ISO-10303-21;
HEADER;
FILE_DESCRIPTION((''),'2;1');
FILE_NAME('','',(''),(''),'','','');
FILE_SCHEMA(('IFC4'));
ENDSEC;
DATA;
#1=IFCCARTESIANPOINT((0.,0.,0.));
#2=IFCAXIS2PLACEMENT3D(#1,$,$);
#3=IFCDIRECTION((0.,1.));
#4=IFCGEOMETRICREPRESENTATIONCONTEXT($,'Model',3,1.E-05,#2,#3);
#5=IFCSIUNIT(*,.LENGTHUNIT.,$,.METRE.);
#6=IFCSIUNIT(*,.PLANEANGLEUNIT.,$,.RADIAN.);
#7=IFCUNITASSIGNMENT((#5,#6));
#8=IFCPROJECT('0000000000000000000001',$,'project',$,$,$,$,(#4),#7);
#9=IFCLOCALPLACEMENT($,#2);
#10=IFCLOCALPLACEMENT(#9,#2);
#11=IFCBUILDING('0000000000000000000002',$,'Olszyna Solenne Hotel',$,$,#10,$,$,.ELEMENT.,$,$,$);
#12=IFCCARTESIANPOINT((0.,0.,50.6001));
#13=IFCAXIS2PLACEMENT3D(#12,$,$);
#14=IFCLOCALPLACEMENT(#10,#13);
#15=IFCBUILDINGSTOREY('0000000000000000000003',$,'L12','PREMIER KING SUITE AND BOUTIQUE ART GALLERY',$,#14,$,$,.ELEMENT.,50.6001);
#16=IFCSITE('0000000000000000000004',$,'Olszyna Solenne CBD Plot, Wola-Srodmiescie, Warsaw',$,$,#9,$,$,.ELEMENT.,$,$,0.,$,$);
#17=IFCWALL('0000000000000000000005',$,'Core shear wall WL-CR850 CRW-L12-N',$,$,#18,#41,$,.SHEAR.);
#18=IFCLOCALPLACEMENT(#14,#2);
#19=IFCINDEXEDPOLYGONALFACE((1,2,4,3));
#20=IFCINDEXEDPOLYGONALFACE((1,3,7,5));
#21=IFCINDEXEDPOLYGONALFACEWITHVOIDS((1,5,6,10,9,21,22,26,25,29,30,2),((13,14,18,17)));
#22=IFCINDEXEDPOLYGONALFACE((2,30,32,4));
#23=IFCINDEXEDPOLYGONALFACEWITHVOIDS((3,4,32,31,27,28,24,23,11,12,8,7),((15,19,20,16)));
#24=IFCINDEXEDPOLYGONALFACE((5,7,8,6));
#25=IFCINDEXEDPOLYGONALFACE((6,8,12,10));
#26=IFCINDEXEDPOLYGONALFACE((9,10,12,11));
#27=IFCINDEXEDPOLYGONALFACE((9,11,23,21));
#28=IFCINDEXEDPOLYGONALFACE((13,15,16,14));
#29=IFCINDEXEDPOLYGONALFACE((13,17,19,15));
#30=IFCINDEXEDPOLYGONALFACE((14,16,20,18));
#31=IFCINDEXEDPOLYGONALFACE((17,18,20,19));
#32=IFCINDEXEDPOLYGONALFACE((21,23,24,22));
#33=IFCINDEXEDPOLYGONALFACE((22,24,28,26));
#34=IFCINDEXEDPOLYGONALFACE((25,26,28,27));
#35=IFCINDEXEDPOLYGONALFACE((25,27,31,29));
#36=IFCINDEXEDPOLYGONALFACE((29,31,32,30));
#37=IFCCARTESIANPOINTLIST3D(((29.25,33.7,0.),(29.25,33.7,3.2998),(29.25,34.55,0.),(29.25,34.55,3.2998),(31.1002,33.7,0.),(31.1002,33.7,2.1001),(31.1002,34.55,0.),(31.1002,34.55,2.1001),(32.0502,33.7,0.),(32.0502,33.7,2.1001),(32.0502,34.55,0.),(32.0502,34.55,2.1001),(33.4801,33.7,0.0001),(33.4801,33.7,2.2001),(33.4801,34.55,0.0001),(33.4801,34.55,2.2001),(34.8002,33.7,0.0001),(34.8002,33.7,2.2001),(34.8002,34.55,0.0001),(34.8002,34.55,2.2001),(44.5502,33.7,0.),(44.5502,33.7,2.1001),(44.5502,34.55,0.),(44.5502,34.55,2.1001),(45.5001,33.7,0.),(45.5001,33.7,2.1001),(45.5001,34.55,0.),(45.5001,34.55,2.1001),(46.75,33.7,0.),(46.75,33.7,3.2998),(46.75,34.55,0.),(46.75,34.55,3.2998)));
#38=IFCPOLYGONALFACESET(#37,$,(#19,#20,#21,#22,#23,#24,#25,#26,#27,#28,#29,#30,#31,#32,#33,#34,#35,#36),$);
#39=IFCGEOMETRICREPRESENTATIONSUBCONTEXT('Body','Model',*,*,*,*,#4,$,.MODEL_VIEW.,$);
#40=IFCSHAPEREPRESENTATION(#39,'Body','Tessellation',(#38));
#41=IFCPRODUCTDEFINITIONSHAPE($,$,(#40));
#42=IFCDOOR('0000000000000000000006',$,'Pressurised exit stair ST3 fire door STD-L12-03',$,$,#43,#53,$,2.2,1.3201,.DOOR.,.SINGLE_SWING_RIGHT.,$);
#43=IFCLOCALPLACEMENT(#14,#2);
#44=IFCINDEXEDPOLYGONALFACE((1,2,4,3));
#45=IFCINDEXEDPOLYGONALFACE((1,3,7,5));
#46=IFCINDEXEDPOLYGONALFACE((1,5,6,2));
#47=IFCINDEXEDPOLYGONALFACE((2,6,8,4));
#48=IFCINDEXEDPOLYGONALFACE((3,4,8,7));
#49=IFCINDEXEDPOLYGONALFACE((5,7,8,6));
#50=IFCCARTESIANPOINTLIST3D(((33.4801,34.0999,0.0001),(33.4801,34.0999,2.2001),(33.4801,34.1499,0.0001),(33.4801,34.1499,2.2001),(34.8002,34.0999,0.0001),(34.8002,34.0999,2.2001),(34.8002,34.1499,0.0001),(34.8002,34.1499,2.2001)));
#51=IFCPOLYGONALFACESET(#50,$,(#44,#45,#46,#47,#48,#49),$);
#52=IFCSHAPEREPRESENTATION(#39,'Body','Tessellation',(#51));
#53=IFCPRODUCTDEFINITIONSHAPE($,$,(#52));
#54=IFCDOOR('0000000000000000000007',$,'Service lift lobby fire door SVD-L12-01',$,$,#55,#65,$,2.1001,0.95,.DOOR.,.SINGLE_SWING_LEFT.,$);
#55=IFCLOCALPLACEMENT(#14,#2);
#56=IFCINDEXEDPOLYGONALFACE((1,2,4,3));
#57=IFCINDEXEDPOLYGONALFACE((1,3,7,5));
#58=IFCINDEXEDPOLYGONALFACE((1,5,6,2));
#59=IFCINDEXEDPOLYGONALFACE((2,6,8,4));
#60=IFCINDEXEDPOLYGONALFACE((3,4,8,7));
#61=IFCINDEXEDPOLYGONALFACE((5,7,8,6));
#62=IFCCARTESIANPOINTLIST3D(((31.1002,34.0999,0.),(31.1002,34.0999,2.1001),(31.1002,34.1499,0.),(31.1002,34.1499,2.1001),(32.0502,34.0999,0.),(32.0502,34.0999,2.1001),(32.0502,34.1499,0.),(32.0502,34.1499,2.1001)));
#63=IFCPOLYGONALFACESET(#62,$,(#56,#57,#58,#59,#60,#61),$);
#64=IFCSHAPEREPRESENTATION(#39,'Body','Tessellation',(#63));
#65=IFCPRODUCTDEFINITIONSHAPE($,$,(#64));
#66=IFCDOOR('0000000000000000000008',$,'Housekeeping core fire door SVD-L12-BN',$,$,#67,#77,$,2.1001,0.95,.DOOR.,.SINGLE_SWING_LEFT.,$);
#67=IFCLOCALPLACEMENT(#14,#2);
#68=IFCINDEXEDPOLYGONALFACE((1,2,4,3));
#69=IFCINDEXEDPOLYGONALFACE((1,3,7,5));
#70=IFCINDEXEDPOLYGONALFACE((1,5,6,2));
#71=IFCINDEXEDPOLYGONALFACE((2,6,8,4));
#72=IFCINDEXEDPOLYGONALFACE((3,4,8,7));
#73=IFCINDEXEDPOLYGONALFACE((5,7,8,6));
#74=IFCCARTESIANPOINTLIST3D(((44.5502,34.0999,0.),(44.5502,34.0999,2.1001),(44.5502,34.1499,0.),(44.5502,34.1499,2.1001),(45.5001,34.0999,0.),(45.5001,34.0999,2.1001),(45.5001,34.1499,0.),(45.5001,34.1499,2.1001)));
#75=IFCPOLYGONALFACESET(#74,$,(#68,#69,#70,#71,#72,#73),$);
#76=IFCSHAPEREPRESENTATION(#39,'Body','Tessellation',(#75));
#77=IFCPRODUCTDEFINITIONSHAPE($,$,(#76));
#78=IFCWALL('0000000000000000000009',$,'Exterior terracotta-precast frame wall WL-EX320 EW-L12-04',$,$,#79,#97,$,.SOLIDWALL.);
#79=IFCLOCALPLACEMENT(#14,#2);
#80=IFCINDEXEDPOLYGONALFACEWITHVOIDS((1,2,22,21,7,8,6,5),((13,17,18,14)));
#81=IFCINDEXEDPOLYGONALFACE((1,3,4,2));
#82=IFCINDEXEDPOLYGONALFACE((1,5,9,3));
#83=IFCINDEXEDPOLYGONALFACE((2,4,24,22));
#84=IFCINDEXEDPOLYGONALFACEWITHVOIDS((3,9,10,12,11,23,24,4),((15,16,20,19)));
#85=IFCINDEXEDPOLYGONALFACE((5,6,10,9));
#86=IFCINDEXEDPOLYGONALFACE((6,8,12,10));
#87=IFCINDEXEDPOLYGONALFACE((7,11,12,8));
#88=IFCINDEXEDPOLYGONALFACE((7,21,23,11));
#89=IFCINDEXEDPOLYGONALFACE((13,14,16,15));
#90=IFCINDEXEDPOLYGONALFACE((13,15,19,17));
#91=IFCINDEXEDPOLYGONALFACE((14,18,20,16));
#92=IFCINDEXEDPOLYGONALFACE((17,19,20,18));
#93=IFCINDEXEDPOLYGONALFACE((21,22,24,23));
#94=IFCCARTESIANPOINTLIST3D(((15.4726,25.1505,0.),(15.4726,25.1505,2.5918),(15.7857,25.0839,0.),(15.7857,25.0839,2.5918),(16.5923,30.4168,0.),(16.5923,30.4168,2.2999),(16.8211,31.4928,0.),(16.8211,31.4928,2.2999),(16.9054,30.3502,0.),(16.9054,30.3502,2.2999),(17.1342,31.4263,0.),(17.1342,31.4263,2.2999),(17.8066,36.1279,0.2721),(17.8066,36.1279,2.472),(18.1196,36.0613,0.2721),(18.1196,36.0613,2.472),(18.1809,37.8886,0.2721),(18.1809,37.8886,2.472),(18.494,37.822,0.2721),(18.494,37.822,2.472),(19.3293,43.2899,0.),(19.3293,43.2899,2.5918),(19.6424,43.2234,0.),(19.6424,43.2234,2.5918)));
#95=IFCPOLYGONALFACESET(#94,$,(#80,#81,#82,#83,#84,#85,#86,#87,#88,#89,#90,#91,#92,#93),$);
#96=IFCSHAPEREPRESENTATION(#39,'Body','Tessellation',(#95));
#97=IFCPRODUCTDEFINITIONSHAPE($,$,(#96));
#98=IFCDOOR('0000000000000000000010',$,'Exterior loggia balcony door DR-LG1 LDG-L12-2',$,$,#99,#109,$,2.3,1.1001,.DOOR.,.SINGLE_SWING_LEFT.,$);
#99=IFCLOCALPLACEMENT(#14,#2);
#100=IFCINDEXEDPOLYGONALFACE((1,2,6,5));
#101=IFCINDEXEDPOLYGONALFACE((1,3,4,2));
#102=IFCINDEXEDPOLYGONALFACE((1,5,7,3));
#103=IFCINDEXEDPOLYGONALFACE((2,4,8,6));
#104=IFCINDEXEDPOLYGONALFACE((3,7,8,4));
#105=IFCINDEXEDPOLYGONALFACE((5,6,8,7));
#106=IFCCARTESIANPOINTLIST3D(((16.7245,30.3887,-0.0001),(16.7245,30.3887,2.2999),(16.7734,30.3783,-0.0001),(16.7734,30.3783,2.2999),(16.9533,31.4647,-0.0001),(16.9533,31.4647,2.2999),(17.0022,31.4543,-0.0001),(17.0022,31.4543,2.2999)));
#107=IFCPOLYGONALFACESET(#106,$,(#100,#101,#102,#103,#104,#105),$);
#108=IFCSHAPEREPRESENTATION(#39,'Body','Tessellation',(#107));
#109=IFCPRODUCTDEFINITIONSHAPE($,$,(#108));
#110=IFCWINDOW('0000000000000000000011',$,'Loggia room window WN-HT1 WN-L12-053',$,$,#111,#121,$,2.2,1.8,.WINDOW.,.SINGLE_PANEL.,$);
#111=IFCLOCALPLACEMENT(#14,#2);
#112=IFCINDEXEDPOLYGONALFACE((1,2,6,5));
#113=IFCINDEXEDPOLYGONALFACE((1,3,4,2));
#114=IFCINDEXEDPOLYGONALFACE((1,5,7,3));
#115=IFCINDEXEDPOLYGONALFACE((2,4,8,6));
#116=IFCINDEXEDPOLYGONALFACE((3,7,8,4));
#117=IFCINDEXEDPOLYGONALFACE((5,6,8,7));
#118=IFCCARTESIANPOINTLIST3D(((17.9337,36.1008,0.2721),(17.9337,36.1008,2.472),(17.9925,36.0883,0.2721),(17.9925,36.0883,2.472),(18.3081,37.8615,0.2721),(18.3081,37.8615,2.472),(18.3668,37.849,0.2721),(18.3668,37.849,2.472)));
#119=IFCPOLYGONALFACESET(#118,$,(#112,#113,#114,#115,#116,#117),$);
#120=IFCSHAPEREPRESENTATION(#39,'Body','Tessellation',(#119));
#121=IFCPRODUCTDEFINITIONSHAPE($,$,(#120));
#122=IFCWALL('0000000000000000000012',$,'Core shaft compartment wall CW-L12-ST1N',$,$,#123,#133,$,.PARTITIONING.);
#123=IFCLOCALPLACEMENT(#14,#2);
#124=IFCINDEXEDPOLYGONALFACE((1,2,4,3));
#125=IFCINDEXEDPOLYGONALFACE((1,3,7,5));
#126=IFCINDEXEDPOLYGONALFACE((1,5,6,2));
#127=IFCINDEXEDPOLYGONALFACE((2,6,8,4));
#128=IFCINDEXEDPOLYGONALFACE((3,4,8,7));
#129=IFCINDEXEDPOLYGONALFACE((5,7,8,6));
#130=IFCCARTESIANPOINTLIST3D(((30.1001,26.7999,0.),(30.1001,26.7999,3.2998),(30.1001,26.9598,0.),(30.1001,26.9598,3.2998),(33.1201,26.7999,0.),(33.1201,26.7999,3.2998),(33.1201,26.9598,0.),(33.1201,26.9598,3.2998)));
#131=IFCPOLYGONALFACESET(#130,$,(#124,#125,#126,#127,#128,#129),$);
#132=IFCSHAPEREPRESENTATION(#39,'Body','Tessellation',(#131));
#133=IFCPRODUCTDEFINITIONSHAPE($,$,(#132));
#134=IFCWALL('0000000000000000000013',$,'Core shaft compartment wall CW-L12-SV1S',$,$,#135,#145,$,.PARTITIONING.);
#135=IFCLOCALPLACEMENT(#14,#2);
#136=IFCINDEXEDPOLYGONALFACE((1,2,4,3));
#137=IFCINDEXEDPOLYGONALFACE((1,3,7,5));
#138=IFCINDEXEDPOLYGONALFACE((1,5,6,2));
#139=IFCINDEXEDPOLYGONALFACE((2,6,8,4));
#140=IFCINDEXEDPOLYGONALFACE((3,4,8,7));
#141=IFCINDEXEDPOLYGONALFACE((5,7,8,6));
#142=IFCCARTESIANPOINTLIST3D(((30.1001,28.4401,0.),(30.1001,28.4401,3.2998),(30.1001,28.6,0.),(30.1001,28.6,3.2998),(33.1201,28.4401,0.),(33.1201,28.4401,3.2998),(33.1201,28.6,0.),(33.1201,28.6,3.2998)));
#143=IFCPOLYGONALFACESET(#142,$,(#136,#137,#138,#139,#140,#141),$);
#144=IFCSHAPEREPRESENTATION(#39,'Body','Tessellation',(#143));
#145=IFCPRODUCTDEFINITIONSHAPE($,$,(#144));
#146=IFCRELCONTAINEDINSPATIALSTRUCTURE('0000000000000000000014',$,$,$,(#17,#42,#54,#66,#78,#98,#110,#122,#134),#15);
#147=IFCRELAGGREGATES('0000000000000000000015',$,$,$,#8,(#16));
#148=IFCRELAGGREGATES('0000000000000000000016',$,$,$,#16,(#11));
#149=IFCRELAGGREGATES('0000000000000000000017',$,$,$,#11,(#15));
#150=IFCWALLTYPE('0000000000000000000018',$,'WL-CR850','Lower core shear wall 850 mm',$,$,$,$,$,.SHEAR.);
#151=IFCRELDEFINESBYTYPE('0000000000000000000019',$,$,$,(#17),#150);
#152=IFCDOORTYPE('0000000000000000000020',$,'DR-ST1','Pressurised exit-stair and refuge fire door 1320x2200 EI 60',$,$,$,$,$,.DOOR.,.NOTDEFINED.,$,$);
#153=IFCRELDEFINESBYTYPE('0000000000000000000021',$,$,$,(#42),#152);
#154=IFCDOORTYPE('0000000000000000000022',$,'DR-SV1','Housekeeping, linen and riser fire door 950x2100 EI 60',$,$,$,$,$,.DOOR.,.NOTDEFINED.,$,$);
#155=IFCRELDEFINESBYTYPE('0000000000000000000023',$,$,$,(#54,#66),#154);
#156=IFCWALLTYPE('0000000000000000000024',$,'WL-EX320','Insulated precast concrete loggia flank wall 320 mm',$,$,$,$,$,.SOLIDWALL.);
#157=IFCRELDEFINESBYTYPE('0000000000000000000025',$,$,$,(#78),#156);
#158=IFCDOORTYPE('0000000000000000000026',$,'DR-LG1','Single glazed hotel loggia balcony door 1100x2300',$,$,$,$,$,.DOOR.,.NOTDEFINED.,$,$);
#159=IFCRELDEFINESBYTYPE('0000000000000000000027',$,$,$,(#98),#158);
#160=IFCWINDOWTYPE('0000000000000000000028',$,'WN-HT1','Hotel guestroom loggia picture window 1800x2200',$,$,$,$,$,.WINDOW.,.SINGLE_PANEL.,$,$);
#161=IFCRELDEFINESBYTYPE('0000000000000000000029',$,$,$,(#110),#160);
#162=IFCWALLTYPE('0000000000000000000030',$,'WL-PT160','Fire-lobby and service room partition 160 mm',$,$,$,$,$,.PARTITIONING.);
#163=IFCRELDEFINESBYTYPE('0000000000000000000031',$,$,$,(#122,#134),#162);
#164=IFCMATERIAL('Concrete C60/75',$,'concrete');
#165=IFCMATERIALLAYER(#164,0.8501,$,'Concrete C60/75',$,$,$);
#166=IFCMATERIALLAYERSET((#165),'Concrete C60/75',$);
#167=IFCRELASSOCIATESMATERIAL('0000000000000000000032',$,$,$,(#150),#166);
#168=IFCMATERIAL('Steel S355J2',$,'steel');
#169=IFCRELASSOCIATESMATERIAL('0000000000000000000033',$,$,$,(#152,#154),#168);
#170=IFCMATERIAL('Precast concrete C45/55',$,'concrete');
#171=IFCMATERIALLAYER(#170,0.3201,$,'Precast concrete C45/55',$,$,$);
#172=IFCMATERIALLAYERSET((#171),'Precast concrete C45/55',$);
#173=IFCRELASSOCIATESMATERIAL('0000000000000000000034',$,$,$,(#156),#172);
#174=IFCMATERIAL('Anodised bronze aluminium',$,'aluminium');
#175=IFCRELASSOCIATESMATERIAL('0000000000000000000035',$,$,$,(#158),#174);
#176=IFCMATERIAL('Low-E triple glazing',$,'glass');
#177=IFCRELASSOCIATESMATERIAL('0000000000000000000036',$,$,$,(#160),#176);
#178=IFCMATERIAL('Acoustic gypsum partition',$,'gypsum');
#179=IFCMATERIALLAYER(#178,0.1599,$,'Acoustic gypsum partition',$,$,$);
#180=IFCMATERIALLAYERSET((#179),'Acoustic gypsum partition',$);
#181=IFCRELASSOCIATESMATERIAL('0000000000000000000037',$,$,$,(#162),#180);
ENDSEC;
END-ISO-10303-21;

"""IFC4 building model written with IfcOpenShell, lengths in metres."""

from ifc_helpers import new_model, si_unit, direction, frame, frame_2d, origin, place, context, subcontext, project, spatial, rectangle, extrude, source, transform, mapped, material, layer, layer_set, type_object, type_shapes, element, fill, save


model = new_model("IFC4")

# Units and contexts
model_context = context("Model", 3, precision=1e-05, world=origin(), true_north=direction((0.0, 1.0)))
body_context = subcontext(model_context, "Body", "Model", "MODEL_VIEW")
ifc_project = project(units=[si_unit("LENGTHUNIT", "METRE"), si_unit("PLANEANGLEUNIT", "RADIAN")], contexts=[model_context])

# Site, building, storey
site_placement = place(None, origin())
site = spatial("IfcSite", under=ifc_project, at=site_placement, Name="Olszyna Solenne CBD Plot, Wola-Srodmiescie, Warsaw", CompositionType="ELEMENT", RefElevation=0.0)
building_placement = place(site_placement, origin())
building = spatial("IfcBuilding", under=site, at=building_placement, Name="Olszyna Solenne Hotel", CompositionType="ELEMENT")
storey_placement = place(building_placement, frame((0.0, 0.0, 50.6001)))
storey = spatial("IfcBuildingStorey", under=building, at=storey_placement, Name="L12", Description="PREMIER KING SUITE AND BOUTIQUE ART GALLERY", CompositionType="ELEMENT", Elevation=50.6001)

# Shared definitions
ifc_material_1 = material(Name="Steel S355J2", Category="steel")

# Shared definitions
ifc_material_2 = material(Name="Anodised bronze aluminium", Category="aluminium")

# Wall, openings, doors
ifc_material_3 = material(Name="Concrete C60/75", Category="concrete")
ifc_layer_1 = layer(ifc_material_3, 0.8501, Name="Concrete C60/75")
ifc_layer_set_1 = layer_set([ifc_layer_1], Name="Concrete C60/75")
wall_type_1 = type_object("IfcWallType", Name="WL-CR850", Description="Lower core shear wall 850 mm", PredefinedType="SHEAR", material=ifc_layer_set_1)
wall_1_placement = place(storey_placement, frame((29.25, 34.125, 0.0), z_axis=(0.0, 0.0, 1.0), x_axis=(1.0, 0.0, 0.0)))
wall_1 = element("IfcWall", 1, at=wall_1_placement, inside=storey, type_object=wall_type_1, Name="Core shear wall WL-CR850 CRW-L12-N", PredefinedType="SHEAR", context=body_context, shape_type="SweptSolid", body=[
    extrude(rectangle(XDim=17.5, YDim=0.8501, at=frame_2d((8.75, 0.0))), origin(), (0.0, 0.0, 1.0), 3.2998),
])
opening_1_placement = place(wall_1_placement, frame((1.8501, 0.0, 0.0)))
opening_1 = element("IfcOpeningElement", 2, at=opening_1_placement, cuts=wall_1, PredefinedType="OPENING", context=body_context, shape_type="SweptSolid", body=[
    extrude(rectangle(XDim=0.95, YDim=2.1001, at=frame_2d((0.4751, 1.05))), frame((0.0, 0.4351, 0.0), z_axis=(0.0, -1.0, 0.0), x_axis=(1.0, 0.0, 0.0)), (0.0, 0.0, 1.0), 0.8701),
])
opening_2_placement = place(wall_1_placement, frame((4.23, 0.0, 0.0)))
opening_2 = element("IfcOpeningElement", 3, at=opening_2_placement, cuts=wall_1, PredefinedType="OPENING", context=body_context, shape_type="SweptSolid", body=[
    extrude(rectangle(XDim=1.3201, YDim=2.2, at=frame_2d((0.6602, 1.1001))), frame((0.0, 0.4351, 0.0), z_axis=(0.0, -1.0, 0.0), x_axis=(1.0, 0.0, 0.0)), (0.0, 0.0, 1.0), 0.8701),
])
opening_3_placement = place(wall_1_placement, frame((15.3, 0.0, 0.0)))
opening_3 = element("IfcOpeningElement", 4, at=opening_3_placement, cuts=wall_1, PredefinedType="OPENING", context=body_context, shape_type="SweptSolid", body=[
    extrude(rectangle(XDim=0.95, YDim=2.1001, at=frame_2d((0.4751, 1.05))), frame((0.0, 0.4351, 0.0), z_axis=(0.0, -1.0, 0.0), x_axis=(1.0, 0.0, 0.0)), (0.0, 0.0, 1.0), 0.8701),
])
door_type_1 = type_object("IfcDoorType", Name="DR-ST1", Description="Pressurised exit-stair and refuge fire door 1320x2200 EI 60", OperationType="NOTDEFINED", PredefinedType="DOOR", material=ifc_material_1)
shared_shape_1 = source(origin(), body_context, "Body", "SweptSolid", [
    extrude(rectangle(XDim=1.3201, YDim=2.2, at=frame_2d((0.6602, 1.1001))), frame((0.0, 0.0249, 0.0), z_axis=(0.0, -1.0, 0.0), x_axis=(1.0, 0.0, 0.0)), (0.0, 0.0, 1.0), 0.05),
])
type_shapes(door_type_1, [shared_shape_1])
door_1_placement = place(opening_2_placement, origin())
door_1 = element("IfcDoor", 5, at=door_1_placement, inside=storey, type_object=door_type_1, Name="Pressurised exit stair ST3 fire door STD-L12-03", OperationType="SINGLE_SWING_RIGHT", OverallHeight=2.2, OverallWidth=1.3201, PredefinedType="DOOR", context=body_context, shape_type="MappedRepresentation", body=[
    mapped(shared_shape_1, transform((0.0, 0.0, 0.0), x_axis=(1.0, 0.0, 0.0), y_axis=(0.0, 1.0, 0.0), z_axis=(0.0, 0.0, 1.0), scale=1.0)),
])
fill(opening_2, door_1)
door_type_2 = type_object("IfcDoorType", Name="DR-SV1", Description="Housekeeping, linen and riser fire door 950x2100 EI 60", OperationType="NOTDEFINED", PredefinedType="DOOR", material=ifc_material_1)
shared_shape_2 = source(origin(), body_context, "Body", "SweptSolid", [
    extrude(rectangle(XDim=0.95, YDim=2.1001, at=frame_2d((0.4751, 1.05))), frame((0.0, 0.0249, 0.0), z_axis=(0.0, -1.0, 0.0), x_axis=(1.0, 0.0, 0.0)), (0.0, 0.0, 1.0), 0.05),
])
type_shapes(door_type_2, [shared_shape_2])
door_2_placement = place(opening_1_placement, origin())
door_2 = element("IfcDoor", 6, at=door_2_placement, inside=storey, type_object=door_type_2, Name="Service lift lobby fire door SVD-L12-01", OperationType="SINGLE_SWING_LEFT", OverallHeight=2.1001, OverallWidth=0.95, PredefinedType="DOOR", context=body_context, shape_type="MappedRepresentation", body=[
    mapped(shared_shape_2, transform((0.0, 0.0, 0.0), x_axis=(1.0, 0.0, 0.0), y_axis=(0.0, 1.0, 0.0), z_axis=(0.0, 0.0, 1.0), scale=1.0)),
])
fill(opening_1, door_2)
door_3_placement = place(opening_3_placement, origin())
door_3 = element("IfcDoor", 7, at=door_3_placement, inside=storey, type_object=door_type_2, Name="Housekeeping core fire door SVD-L12-BN", OperationType="SINGLE_SWING_LEFT", OverallHeight=2.1001, OverallWidth=0.95, PredefinedType="DOOR", context=body_context, shape_type="MappedRepresentation", body=[
    mapped(shared_shape_2, transform((0.0, 0.0, 0.0), x_axis=(1.0, 0.0, 0.0), y_axis=(0.0, 1.0, 0.0), z_axis=(0.0, 0.0, 1.0), scale=1.0)),
])
fill(opening_3, door_3)

# Wall, openings, door, window
ifc_material_4 = material(Name="Precast concrete C45/55", Category="concrete")
ifc_layer_2 = layer(ifc_material_4, 0.3201, Name="Precast concrete C45/55")
ifc_layer_set_2 = layer_set([ifc_layer_2], Name="Precast concrete C45/55")
wall_type_2 = type_object("IfcWallType", Name="WL-EX320", Description="Insulated precast concrete loggia flank wall 320 mm", PredefinedType="SOLIDWALL", material=ifc_layer_set_2)
wall_2_placement = place(storey_placement, frame((15.6292, 25.1172, 0.0), z_axis=(0.0, 0.0, 1.0), x_axis=(0.207965, 0.978136, 0.0)))
wall_2 = element("IfcWall", 8, at=wall_2_placement, inside=storey, type_object=wall_type_2, Name="Exterior terracotta-precast frame wall WL-EX320 EW-L12-04", PredefinedType="SOLIDWALL", context=body_context, shape_type="SweptSolid", body=[
    extrude(rectangle(XDim=18.5449, YDim=0.3201, at=frame_2d((9.2725, 0.0))), origin(), (0.0, 0.0, 1.0), 2.5918),
])
opening_4_placement = place(wall_2_placement, frame((5.384, 0.0, 0.0)))
opening_4 = element("IfcOpeningElement", 9, at=opening_4_placement, cuts=wall_2, PredefinedType="OPENING", context=body_context, shape_type="SweptSolid", body=[
    extrude(rectangle(XDim=1.1001, YDim=2.3, at=frame_2d((0.55, 1.1499))), frame((0.0, 0.1699, 0.0), z_axis=(0.0, -1.0, 0.0), x_axis=(1.0, 0.0, 0.0)), (0.0, 0.0, 1.0), 0.3401),
])
opening_5_placement = place(wall_2_placement, frame((11.2229, 0.0, 0.272)))
opening_5 = element("IfcOpeningElement", 10, at=opening_5_placement, cuts=wall_2, PredefinedType="OPENING", context=body_context, shape_type="SweptSolid", body=[
    extrude(rectangle(XDim=1.8, YDim=2.2, at=frame_2d((0.8999, 1.1001))), frame((0.0, 0.1699, 0.0), z_axis=(0.0, -1.0, 0.0), x_axis=(1.0, 0.0, 0.0)), (0.0, 0.0, 1.0), 0.3401),
])
door_type_3 = type_object("IfcDoorType", Name="DR-LG1", Description="Single glazed hotel loggia balcony door 1100x2300", OperationType="NOTDEFINED", PredefinedType="DOOR", material=ifc_material_2)
shared_shape_3 = source(origin(), body_context, "Body", "SweptSolid", [
    extrude(rectangle(XDim=1.1001, YDim=2.3, at=frame_2d((0.55, 1.1499))), frame((0.0, 0.0249, 0.0), z_axis=(0.0, -1.0, 0.0), x_axis=(1.0, 0.0, 0.0)), (0.0, 0.0, 1.0), 0.05),
])
type_shapes(door_type_3, [shared_shape_3])
door_4_placement = place(opening_4_placement, origin())
door_4 = element("IfcDoor", 11, at=door_4_placement, inside=storey, type_object=door_type_3, Name="Exterior loggia balcony door DR-LG1 LDG-L12-2", OperationType="SINGLE_SWING_LEFT", OverallHeight=2.3, OverallWidth=1.1001, PredefinedType="DOOR", context=body_context, shape_type="MappedRepresentation", body=[
    mapped(shared_shape_3, transform((0.0, 0.0, 0.0), x_axis=(1.0, 0.0, 0.0), y_axis=(0.0, 1.0, 0.0), z_axis=(0.0, 0.0, 1.0), scale=1.0)),
])
fill(opening_4, door_4)
ifc_material_5 = material(Name="Low-E triple glazing", Category="glass")
window_type = type_object("IfcWindowType", Name="WN-HT1", Description="Hotel guestroom loggia picture window 1800x2200", PartitioningType="SINGLE_PANEL", PredefinedType="WINDOW", material=ifc_material_5)
shared_shape_4 = source(origin(), body_context, "Body", "SweptSolid", [
    extrude(rectangle(XDim=1.8, YDim=2.2, at=frame_2d((0.8999, 1.1001))), frame((0.0, 0.03, 0.0), z_axis=(0.0, -1.0, 0.0), x_axis=(1.0, 0.0, 0.0)), (0.0, 0.0, 1.0), 0.0601),
])
type_shapes(window_type, [shared_shape_4])
window_placement = place(opening_5_placement, origin())
window = element("IfcWindow", 12, at=window_placement, inside=storey, type_object=window_type, Name="Loggia room window WN-HT1 WN-L12-053", OverallHeight=2.2, OverallWidth=1.8, PartitioningType="SINGLE_PANEL", PredefinedType="WINDOW", context=body_context, shape_type="MappedRepresentation", body=[
    mapped(shared_shape_4, transform((0.0, 0.0, 0.0), x_axis=(1.0, 0.0, 0.0), y_axis=(0.0, 1.0, 0.0), z_axis=(0.0, 0.0, 1.0), scale=1.0)),
])
fill(opening_5, window)

# Walls
ifc_material_6 = material(Name="Acoustic gypsum partition", Category="gypsum")
ifc_layer_3 = layer(ifc_material_6, 0.1599, Name="Acoustic gypsum partition")
ifc_layer_set_3 = layer_set([ifc_layer_3], Name="Acoustic gypsum partition")
wall_type_3 = type_object("IfcWallType", Name="WL-PT160", Description="Fire-lobby and service room partition 160 mm", PredefinedType="PARTITIONING", material=ifc_layer_set_3)
for number, where, z_axis, x_axis, name in (
    (13, (30.1001, 26.8799, 0.0), (0.0, 0.0, 1.0), (1.0, 0.0, 0.0), "Core shaft compartment wall CW-L12-ST1N"),
    (14, (30.1001, 28.52, 0.0), (0.0, 0.0, 1.0), (1.0, 0.0, 0.0), "Core shaft compartment wall CW-L12-SV1S"),
):
    element("IfcWall", number, at=place(storey_placement, frame(where, z_axis=z_axis, x_axis=x_axis)), inside=storey, type_object=wall_type_3, Name=name, PredefinedType="PARTITIONING", context=body_context, shape_type="SweptSolid", body=[
        extrude(rectangle(XDim=3.02, YDim=0.1599, at=frame_2d((1.51, 0.0))), origin(), (0.0, 0.0, 1.0), 3.2998),
    ])

save(model, "model.ifc")
